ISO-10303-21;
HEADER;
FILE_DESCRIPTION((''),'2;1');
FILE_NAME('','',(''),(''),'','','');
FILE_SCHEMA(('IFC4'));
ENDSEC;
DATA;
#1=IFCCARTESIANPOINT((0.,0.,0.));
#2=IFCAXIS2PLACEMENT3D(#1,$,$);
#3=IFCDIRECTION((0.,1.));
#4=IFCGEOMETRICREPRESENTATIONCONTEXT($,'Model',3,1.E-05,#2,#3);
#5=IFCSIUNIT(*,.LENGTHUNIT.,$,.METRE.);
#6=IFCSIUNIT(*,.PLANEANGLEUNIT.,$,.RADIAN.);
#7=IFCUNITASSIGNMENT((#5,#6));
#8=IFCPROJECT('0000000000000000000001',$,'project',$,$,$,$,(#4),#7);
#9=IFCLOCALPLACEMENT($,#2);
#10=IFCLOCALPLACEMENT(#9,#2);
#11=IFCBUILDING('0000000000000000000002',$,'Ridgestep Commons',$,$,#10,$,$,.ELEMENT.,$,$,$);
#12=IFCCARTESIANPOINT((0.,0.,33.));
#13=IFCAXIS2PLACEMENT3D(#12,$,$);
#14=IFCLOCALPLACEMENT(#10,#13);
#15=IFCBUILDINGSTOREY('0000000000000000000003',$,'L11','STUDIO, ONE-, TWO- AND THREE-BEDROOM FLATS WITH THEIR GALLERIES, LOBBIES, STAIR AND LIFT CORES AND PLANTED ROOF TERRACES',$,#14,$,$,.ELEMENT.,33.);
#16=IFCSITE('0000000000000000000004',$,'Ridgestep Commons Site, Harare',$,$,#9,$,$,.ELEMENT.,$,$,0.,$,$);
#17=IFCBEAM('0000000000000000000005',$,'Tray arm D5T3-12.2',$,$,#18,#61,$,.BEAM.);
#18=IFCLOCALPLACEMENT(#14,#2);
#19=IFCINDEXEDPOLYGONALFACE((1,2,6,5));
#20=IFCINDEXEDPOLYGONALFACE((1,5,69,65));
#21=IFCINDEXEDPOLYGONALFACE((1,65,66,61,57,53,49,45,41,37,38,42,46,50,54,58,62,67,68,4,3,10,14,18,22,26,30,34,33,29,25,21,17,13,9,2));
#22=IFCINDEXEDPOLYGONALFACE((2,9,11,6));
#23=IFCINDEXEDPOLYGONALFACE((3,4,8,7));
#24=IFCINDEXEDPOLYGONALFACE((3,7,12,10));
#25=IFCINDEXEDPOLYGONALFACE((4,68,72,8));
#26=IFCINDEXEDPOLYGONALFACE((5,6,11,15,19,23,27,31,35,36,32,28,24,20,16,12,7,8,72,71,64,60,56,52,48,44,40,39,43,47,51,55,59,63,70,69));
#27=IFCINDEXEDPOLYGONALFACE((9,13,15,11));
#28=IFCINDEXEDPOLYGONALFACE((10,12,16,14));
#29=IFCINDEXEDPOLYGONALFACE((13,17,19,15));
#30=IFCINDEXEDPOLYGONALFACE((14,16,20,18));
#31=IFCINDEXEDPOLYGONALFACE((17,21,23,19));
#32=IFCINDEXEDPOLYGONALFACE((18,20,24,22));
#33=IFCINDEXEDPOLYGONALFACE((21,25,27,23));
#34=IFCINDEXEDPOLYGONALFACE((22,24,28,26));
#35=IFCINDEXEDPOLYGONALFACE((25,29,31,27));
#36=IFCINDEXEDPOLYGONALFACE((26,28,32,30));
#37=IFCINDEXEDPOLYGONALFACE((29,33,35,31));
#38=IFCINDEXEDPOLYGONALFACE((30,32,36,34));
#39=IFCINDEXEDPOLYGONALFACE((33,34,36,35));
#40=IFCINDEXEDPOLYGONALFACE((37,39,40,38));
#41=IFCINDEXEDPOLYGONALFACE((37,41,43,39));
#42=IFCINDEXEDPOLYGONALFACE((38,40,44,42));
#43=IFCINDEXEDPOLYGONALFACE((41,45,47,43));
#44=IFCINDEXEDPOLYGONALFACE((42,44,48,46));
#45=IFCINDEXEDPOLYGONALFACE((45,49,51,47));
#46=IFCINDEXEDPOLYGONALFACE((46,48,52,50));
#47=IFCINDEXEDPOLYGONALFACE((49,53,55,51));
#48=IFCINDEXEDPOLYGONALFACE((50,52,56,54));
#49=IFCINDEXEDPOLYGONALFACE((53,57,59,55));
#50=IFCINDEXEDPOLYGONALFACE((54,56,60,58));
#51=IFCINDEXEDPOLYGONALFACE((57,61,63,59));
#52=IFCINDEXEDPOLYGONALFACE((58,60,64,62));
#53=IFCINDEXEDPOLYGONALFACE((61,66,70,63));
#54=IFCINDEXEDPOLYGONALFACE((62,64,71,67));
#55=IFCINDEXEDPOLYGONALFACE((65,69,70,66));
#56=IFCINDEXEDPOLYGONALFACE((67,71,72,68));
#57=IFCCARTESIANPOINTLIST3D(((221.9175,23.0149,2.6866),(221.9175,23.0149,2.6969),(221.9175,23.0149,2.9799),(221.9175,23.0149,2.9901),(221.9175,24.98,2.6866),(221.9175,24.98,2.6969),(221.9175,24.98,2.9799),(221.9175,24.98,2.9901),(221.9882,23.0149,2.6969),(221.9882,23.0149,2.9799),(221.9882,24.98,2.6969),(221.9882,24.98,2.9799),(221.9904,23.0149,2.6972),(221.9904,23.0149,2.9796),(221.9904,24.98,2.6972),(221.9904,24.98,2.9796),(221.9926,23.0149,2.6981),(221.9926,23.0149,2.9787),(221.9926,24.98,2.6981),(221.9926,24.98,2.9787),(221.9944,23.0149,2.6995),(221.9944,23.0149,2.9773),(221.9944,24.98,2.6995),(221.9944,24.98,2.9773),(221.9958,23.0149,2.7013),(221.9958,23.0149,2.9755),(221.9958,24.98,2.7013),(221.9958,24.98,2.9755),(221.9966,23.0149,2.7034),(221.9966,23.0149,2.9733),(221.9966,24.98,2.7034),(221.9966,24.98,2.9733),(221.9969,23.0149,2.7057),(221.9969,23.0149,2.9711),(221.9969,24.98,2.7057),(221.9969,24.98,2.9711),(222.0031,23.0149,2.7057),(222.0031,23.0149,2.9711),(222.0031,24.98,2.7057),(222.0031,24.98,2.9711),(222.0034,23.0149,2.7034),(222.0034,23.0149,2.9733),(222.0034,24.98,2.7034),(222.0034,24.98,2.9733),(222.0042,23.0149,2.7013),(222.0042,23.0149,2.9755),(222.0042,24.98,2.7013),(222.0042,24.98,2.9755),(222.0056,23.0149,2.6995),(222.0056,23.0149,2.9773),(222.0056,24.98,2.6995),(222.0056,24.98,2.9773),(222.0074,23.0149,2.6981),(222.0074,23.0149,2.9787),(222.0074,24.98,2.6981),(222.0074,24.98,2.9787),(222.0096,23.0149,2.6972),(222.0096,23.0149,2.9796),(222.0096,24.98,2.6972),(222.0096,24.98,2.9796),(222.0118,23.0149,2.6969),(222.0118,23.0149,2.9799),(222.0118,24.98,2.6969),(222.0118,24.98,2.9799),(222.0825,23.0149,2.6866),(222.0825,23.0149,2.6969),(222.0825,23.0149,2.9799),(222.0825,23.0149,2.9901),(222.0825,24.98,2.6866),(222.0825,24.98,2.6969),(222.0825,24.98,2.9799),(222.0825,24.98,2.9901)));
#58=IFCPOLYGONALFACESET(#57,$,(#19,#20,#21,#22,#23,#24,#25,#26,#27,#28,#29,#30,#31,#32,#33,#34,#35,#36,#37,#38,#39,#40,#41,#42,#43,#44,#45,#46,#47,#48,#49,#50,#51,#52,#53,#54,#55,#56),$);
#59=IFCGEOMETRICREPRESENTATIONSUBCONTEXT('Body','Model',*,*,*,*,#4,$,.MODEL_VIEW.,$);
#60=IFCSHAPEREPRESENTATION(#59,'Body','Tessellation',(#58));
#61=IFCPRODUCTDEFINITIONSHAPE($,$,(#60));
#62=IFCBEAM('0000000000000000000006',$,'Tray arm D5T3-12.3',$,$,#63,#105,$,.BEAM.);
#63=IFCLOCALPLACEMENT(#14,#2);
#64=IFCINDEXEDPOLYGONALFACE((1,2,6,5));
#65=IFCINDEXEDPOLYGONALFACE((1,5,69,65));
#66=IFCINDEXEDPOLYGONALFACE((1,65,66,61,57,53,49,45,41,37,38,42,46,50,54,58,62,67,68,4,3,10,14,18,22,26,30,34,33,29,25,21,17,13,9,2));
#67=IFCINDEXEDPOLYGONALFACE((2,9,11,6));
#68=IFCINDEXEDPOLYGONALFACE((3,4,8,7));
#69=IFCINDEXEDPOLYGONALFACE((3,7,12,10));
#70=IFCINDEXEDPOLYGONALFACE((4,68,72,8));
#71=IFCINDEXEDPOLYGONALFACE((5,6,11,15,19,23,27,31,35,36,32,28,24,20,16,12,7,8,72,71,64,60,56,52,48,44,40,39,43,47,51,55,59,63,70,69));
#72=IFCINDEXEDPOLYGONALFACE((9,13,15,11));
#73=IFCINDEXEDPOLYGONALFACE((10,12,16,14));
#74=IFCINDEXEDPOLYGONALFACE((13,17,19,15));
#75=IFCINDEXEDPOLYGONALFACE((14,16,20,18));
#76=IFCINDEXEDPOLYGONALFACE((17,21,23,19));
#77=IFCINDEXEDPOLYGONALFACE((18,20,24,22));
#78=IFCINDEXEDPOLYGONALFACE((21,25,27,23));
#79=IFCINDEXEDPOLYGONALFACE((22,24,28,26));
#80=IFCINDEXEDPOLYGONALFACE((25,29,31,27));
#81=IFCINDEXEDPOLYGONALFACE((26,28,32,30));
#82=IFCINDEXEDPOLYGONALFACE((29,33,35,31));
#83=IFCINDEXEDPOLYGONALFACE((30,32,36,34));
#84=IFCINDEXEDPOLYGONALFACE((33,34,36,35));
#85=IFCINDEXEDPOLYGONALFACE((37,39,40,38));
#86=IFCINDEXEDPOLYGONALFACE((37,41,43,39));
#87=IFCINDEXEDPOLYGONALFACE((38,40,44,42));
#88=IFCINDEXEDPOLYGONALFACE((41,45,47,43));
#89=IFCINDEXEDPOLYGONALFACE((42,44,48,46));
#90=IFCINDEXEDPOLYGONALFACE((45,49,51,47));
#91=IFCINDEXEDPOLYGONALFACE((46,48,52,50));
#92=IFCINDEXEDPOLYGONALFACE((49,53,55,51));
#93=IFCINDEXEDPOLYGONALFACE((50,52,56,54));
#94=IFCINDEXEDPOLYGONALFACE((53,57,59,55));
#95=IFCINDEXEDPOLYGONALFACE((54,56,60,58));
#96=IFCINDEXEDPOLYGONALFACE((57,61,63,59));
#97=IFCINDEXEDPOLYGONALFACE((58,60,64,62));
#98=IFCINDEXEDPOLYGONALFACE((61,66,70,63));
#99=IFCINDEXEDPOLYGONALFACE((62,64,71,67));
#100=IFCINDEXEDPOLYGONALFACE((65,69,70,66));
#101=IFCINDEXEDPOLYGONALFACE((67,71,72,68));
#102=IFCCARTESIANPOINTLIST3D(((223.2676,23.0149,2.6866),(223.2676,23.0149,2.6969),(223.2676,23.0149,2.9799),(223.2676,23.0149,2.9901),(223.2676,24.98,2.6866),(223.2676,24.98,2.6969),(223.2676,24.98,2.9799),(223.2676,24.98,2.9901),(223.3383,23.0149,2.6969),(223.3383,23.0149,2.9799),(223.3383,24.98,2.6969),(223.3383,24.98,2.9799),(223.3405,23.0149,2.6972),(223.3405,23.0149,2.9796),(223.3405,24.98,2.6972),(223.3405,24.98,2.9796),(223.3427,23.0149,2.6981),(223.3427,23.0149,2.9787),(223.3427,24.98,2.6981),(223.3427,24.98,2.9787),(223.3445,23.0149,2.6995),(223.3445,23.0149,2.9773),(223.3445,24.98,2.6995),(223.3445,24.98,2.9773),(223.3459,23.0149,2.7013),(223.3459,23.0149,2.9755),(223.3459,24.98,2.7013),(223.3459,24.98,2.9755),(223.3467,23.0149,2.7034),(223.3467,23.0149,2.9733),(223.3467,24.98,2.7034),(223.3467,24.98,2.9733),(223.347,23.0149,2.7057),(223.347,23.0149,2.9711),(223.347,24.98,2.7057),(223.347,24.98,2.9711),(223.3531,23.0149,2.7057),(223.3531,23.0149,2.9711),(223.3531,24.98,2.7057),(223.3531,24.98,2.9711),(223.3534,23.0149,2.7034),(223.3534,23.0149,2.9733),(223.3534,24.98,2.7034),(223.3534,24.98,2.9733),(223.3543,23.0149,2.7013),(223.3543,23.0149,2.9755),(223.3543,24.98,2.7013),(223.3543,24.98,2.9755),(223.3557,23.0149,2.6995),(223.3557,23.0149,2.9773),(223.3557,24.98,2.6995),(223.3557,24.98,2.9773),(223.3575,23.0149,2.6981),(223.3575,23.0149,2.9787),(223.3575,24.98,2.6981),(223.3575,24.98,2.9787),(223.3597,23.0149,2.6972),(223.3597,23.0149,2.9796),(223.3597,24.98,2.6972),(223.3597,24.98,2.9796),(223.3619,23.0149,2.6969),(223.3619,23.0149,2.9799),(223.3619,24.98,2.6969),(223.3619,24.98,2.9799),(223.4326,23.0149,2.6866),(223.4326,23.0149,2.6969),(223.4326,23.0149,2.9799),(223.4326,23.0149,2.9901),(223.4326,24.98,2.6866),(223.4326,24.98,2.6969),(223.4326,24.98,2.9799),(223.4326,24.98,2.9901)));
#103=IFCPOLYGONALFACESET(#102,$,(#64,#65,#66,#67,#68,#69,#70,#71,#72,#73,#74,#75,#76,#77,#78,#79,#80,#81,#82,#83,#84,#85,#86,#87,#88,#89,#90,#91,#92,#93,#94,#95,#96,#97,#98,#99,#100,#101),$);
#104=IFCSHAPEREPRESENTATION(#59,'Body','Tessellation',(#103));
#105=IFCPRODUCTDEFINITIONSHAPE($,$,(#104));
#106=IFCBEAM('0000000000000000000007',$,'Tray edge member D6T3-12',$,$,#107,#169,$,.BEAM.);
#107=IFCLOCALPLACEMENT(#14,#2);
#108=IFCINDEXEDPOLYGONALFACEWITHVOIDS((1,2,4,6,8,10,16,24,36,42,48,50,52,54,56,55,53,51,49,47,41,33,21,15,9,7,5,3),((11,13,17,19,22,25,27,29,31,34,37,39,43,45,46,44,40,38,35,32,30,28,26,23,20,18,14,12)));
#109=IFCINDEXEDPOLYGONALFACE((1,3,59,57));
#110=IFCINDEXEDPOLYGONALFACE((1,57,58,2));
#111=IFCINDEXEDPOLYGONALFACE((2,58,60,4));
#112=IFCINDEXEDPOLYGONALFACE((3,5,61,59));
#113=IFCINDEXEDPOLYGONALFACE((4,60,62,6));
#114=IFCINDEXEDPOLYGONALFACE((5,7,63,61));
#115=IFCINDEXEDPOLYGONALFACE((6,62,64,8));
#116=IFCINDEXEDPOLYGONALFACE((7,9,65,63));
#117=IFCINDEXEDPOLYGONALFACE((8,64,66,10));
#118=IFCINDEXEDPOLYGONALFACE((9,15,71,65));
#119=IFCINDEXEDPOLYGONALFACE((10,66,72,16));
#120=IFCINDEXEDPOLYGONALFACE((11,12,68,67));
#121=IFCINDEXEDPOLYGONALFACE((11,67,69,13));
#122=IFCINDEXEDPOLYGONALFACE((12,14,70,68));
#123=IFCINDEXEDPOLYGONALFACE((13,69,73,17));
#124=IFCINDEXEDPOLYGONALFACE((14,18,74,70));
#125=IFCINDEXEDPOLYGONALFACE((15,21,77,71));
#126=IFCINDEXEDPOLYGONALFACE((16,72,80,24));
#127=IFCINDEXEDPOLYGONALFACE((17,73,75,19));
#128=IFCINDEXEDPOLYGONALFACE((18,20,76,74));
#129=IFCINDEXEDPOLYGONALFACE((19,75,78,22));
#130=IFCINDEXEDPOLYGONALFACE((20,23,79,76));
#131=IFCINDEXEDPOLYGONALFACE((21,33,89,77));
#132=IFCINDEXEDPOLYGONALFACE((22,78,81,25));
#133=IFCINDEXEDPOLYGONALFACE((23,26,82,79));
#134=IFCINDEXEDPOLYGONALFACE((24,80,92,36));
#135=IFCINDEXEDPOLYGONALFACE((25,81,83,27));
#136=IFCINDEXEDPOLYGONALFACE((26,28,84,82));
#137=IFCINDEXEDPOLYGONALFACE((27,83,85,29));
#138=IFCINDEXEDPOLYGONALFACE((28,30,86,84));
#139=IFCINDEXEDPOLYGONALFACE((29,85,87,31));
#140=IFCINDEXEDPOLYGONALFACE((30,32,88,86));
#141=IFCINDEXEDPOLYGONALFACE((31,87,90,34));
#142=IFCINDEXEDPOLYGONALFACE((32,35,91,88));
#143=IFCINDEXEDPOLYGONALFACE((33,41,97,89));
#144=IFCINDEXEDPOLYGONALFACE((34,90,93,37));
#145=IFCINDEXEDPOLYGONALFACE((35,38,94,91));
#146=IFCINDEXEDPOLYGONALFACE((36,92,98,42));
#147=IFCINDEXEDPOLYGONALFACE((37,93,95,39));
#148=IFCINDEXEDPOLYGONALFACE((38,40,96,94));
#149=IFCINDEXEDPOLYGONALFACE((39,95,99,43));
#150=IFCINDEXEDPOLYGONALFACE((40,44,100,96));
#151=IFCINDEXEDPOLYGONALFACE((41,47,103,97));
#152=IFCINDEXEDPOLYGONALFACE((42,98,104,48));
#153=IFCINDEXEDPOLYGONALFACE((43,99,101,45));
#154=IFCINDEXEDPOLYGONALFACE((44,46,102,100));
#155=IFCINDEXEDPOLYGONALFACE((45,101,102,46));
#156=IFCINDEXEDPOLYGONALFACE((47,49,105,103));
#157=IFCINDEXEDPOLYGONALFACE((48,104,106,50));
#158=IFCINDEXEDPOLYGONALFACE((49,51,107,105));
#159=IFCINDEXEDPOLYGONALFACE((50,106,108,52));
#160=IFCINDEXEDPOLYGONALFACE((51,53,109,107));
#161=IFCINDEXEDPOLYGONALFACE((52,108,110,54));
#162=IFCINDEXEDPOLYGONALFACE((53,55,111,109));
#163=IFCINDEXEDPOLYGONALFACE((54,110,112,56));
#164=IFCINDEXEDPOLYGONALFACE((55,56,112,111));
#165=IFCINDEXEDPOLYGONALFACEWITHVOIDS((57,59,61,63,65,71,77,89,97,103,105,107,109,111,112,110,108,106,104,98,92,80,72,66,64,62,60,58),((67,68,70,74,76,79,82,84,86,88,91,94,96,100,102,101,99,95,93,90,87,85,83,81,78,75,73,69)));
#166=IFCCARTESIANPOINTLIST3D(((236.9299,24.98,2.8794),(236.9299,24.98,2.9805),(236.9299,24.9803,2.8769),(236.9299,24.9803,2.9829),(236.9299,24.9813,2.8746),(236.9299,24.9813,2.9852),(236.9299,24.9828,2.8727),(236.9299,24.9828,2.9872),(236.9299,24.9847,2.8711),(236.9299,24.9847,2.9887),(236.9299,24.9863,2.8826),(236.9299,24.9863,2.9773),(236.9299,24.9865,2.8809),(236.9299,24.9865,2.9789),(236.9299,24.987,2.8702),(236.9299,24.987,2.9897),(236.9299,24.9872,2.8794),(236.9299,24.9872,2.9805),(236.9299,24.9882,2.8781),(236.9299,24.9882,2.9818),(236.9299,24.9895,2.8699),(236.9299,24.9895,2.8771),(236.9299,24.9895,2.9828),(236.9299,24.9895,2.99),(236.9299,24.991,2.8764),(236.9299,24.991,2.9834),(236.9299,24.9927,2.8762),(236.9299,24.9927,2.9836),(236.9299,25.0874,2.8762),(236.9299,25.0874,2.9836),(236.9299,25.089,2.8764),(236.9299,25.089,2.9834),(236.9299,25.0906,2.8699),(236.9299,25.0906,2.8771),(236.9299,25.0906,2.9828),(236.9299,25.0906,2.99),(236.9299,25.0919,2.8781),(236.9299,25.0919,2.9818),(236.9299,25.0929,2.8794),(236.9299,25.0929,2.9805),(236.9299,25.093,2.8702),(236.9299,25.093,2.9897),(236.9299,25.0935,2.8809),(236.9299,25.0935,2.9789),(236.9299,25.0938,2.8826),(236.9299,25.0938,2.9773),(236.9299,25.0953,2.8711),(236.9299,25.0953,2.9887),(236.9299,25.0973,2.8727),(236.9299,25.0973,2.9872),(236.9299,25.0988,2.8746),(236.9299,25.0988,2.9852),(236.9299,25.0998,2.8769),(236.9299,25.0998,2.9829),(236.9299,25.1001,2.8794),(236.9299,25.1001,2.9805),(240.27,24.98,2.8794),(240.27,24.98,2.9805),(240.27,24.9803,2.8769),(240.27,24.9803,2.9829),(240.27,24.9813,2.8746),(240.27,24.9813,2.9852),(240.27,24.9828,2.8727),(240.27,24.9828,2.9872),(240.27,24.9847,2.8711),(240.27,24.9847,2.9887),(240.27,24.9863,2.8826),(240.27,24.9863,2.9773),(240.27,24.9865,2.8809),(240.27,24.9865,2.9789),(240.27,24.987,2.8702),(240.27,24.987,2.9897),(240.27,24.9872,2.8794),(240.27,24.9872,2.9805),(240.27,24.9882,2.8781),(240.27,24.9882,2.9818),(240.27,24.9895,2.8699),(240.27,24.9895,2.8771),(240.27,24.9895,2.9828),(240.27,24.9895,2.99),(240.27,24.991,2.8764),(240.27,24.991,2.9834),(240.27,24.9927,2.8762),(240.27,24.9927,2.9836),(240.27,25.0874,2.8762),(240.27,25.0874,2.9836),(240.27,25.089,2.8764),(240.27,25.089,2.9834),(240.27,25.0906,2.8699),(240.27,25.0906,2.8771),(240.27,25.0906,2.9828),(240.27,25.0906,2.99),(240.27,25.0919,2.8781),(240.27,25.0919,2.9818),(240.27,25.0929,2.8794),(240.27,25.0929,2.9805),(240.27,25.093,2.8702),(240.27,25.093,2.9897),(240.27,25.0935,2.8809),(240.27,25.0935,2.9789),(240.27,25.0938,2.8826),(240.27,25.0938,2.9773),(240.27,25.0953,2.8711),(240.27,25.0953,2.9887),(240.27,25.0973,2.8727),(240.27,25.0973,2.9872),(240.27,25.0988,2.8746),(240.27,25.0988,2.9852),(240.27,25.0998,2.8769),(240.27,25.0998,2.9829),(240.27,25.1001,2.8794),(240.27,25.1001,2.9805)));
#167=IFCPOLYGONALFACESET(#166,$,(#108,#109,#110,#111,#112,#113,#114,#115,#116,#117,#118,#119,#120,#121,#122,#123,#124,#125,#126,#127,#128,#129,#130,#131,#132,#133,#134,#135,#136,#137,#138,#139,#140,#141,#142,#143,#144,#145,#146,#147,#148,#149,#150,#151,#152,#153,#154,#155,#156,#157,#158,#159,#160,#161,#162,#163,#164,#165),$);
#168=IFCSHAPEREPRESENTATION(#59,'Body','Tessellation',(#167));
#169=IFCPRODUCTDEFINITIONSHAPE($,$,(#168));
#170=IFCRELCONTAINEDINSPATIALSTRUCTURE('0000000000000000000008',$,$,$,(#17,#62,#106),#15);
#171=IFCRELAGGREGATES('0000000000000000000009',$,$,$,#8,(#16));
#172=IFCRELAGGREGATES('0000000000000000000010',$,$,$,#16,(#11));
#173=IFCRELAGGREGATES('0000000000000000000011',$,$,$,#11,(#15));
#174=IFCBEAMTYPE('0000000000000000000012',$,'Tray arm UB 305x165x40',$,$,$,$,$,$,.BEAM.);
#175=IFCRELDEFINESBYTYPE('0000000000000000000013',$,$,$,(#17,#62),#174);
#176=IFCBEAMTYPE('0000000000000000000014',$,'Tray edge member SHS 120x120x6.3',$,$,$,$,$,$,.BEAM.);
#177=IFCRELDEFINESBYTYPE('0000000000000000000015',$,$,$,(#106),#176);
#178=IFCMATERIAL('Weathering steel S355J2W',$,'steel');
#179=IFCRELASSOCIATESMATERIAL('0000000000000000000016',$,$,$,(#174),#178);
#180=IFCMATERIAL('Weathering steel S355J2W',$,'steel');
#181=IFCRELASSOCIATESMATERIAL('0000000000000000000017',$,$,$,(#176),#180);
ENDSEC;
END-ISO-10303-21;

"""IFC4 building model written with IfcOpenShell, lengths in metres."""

from ifc_helpers import new_model, si_unit, direction, frame, origin, origin_2d, place, context, subcontext, project, spatial, hollow_rectangle, i_section, extrude, material, material_profile, profile_set, type_object, element, save


model = new_model("IFC4")

# Units and contexts
model_context = context("Model", 3, precision=1e-05, world=origin(), true_north=direction((0.0, 1.0)))
body_context = subcontext(model_context, "Body", "Model", "MODEL_VIEW")
ifc_project = project(units=[si_unit("LENGTHUNIT", "METRE"), si_unit("PLANEANGLEUNIT", "RADIAN")], contexts=[model_context])

# Site, building, storey
site_placement = place(None, origin())
site = spatial("IfcSite", under=ifc_project, at=site_placement, Name="Ridgestep Commons Site, Harare", CompositionType="ELEMENT", RefElevation=0.0)
building_placement = place(site_placement, origin())
building = spatial("IfcBuilding", under=site, at=building_placement, Name="Ridgestep Commons", CompositionType="ELEMENT")
storey_placement = place(building_placement, frame((0.0, 0.0, 33.0)))
storey = spatial("IfcBuildingStorey", under=building, at=storey_placement, Name="L11", Description="STUDIO, ONE-, TWO- AND THREE-BEDROOM FLATS WITH THEIR GALLERIES, LOBBIES, STAIR AND LIFT CORES AND PLANTED ROOF TERRACES", CompositionType="ELEMENT", Elevation=33.0)

# Beams
ifc_material_1 = material(Name="Weathering steel S355J2W", Category="steel")
ifc_material_profile_1 = material_profile(ifc_material_1, i_section(OverallWidth=0.165, OverallDepth=0.3035, WebThickness=0.0061, FlangeThickness=0.0103, FilletRadius=0.0088, at=origin_2d()), Name="UB 305x165x40")
ifc_profile_set_1 = profile_set([ifc_material_profile_1], Name="Weathering steel S355J2W")
beam_type_1 = type_object("IfcBeamType", Name="Tray arm UB 305x165x40", PredefinedType="BEAM", material=ifc_profile_set_1)
for number, where, z_axis, x_axis, name in (
    (1, (222.0, 23.0149, 2.8384), (0.0, 1.0, 0.0), (-1.0, 0.0, 0.0), "Tray arm D5T3-12.2"),
    (2, (223.3501, 23.0149, 2.8384), (0.0, 1.0, 0.0), (-1.0, 0.0, 0.0), "Tray arm D5T3-12.3"),
):
    element("IfcBeam", number, at=place(storey_placement, frame(where, z_axis=z_axis, x_axis=x_axis)), inside=storey, type_object=beam_type_1, Name=name, PredefinedType="BEAM", context=body_context, shape_type="SweptSolid", body=[
        extrude(i_section(OverallWidth=0.165, OverallDepth=0.3035, WebThickness=0.0061, FlangeThickness=0.0103, FilletRadius=0.0088, at=origin_2d()), origin(), (0.0, 0.0, 1.0), 1.9651),
    ])
ifc_material_2 = material(Name="Weathering steel S355J2W", Category="steel")
ifc_material_profile_2 = material_profile(ifc_material_2, hollow_rectangle(XDim=0.1201, YDim=0.1201, WallThickness=0.0063, InnerFilletRadius=0.0063, OuterFilletRadius=0.0095, at=origin_2d()), Name="SHS 120x120x6.3")
ifc_profile_set_2 = profile_set([ifc_material_profile_2], Name="Weathering steel S355J2W")
beam_type_2 = type_object("IfcBeamType", Name="Tray edge member SHS 120x120x6.3", PredefinedType="BEAM", material=ifc_profile_set_2)
beam_1_placement = place(storey_placement, frame((236.9299, 25.04, 2.9299), z_axis=(1.0, 0.0, 0.0), x_axis=(0.0, 0.0, 1.0)))
element("IfcBeam", 3, at=beam_1_placement, inside=storey, type_object=beam_type_2, Name="Tray edge member D6T3-12", PredefinedType="BEAM", context=body_context, shape_type="SweptSolid", body=[
    extrude(hollow_rectangle(XDim=0.1201, YDim=0.1201, WallThickness=0.0063, InnerFilletRadius=0.0063, OuterFilletRadius=0.0095, at=origin_2d()), origin(), (0.0, 0.0, 1.0), 3.3401),
])

save(model, "model.ifc")
